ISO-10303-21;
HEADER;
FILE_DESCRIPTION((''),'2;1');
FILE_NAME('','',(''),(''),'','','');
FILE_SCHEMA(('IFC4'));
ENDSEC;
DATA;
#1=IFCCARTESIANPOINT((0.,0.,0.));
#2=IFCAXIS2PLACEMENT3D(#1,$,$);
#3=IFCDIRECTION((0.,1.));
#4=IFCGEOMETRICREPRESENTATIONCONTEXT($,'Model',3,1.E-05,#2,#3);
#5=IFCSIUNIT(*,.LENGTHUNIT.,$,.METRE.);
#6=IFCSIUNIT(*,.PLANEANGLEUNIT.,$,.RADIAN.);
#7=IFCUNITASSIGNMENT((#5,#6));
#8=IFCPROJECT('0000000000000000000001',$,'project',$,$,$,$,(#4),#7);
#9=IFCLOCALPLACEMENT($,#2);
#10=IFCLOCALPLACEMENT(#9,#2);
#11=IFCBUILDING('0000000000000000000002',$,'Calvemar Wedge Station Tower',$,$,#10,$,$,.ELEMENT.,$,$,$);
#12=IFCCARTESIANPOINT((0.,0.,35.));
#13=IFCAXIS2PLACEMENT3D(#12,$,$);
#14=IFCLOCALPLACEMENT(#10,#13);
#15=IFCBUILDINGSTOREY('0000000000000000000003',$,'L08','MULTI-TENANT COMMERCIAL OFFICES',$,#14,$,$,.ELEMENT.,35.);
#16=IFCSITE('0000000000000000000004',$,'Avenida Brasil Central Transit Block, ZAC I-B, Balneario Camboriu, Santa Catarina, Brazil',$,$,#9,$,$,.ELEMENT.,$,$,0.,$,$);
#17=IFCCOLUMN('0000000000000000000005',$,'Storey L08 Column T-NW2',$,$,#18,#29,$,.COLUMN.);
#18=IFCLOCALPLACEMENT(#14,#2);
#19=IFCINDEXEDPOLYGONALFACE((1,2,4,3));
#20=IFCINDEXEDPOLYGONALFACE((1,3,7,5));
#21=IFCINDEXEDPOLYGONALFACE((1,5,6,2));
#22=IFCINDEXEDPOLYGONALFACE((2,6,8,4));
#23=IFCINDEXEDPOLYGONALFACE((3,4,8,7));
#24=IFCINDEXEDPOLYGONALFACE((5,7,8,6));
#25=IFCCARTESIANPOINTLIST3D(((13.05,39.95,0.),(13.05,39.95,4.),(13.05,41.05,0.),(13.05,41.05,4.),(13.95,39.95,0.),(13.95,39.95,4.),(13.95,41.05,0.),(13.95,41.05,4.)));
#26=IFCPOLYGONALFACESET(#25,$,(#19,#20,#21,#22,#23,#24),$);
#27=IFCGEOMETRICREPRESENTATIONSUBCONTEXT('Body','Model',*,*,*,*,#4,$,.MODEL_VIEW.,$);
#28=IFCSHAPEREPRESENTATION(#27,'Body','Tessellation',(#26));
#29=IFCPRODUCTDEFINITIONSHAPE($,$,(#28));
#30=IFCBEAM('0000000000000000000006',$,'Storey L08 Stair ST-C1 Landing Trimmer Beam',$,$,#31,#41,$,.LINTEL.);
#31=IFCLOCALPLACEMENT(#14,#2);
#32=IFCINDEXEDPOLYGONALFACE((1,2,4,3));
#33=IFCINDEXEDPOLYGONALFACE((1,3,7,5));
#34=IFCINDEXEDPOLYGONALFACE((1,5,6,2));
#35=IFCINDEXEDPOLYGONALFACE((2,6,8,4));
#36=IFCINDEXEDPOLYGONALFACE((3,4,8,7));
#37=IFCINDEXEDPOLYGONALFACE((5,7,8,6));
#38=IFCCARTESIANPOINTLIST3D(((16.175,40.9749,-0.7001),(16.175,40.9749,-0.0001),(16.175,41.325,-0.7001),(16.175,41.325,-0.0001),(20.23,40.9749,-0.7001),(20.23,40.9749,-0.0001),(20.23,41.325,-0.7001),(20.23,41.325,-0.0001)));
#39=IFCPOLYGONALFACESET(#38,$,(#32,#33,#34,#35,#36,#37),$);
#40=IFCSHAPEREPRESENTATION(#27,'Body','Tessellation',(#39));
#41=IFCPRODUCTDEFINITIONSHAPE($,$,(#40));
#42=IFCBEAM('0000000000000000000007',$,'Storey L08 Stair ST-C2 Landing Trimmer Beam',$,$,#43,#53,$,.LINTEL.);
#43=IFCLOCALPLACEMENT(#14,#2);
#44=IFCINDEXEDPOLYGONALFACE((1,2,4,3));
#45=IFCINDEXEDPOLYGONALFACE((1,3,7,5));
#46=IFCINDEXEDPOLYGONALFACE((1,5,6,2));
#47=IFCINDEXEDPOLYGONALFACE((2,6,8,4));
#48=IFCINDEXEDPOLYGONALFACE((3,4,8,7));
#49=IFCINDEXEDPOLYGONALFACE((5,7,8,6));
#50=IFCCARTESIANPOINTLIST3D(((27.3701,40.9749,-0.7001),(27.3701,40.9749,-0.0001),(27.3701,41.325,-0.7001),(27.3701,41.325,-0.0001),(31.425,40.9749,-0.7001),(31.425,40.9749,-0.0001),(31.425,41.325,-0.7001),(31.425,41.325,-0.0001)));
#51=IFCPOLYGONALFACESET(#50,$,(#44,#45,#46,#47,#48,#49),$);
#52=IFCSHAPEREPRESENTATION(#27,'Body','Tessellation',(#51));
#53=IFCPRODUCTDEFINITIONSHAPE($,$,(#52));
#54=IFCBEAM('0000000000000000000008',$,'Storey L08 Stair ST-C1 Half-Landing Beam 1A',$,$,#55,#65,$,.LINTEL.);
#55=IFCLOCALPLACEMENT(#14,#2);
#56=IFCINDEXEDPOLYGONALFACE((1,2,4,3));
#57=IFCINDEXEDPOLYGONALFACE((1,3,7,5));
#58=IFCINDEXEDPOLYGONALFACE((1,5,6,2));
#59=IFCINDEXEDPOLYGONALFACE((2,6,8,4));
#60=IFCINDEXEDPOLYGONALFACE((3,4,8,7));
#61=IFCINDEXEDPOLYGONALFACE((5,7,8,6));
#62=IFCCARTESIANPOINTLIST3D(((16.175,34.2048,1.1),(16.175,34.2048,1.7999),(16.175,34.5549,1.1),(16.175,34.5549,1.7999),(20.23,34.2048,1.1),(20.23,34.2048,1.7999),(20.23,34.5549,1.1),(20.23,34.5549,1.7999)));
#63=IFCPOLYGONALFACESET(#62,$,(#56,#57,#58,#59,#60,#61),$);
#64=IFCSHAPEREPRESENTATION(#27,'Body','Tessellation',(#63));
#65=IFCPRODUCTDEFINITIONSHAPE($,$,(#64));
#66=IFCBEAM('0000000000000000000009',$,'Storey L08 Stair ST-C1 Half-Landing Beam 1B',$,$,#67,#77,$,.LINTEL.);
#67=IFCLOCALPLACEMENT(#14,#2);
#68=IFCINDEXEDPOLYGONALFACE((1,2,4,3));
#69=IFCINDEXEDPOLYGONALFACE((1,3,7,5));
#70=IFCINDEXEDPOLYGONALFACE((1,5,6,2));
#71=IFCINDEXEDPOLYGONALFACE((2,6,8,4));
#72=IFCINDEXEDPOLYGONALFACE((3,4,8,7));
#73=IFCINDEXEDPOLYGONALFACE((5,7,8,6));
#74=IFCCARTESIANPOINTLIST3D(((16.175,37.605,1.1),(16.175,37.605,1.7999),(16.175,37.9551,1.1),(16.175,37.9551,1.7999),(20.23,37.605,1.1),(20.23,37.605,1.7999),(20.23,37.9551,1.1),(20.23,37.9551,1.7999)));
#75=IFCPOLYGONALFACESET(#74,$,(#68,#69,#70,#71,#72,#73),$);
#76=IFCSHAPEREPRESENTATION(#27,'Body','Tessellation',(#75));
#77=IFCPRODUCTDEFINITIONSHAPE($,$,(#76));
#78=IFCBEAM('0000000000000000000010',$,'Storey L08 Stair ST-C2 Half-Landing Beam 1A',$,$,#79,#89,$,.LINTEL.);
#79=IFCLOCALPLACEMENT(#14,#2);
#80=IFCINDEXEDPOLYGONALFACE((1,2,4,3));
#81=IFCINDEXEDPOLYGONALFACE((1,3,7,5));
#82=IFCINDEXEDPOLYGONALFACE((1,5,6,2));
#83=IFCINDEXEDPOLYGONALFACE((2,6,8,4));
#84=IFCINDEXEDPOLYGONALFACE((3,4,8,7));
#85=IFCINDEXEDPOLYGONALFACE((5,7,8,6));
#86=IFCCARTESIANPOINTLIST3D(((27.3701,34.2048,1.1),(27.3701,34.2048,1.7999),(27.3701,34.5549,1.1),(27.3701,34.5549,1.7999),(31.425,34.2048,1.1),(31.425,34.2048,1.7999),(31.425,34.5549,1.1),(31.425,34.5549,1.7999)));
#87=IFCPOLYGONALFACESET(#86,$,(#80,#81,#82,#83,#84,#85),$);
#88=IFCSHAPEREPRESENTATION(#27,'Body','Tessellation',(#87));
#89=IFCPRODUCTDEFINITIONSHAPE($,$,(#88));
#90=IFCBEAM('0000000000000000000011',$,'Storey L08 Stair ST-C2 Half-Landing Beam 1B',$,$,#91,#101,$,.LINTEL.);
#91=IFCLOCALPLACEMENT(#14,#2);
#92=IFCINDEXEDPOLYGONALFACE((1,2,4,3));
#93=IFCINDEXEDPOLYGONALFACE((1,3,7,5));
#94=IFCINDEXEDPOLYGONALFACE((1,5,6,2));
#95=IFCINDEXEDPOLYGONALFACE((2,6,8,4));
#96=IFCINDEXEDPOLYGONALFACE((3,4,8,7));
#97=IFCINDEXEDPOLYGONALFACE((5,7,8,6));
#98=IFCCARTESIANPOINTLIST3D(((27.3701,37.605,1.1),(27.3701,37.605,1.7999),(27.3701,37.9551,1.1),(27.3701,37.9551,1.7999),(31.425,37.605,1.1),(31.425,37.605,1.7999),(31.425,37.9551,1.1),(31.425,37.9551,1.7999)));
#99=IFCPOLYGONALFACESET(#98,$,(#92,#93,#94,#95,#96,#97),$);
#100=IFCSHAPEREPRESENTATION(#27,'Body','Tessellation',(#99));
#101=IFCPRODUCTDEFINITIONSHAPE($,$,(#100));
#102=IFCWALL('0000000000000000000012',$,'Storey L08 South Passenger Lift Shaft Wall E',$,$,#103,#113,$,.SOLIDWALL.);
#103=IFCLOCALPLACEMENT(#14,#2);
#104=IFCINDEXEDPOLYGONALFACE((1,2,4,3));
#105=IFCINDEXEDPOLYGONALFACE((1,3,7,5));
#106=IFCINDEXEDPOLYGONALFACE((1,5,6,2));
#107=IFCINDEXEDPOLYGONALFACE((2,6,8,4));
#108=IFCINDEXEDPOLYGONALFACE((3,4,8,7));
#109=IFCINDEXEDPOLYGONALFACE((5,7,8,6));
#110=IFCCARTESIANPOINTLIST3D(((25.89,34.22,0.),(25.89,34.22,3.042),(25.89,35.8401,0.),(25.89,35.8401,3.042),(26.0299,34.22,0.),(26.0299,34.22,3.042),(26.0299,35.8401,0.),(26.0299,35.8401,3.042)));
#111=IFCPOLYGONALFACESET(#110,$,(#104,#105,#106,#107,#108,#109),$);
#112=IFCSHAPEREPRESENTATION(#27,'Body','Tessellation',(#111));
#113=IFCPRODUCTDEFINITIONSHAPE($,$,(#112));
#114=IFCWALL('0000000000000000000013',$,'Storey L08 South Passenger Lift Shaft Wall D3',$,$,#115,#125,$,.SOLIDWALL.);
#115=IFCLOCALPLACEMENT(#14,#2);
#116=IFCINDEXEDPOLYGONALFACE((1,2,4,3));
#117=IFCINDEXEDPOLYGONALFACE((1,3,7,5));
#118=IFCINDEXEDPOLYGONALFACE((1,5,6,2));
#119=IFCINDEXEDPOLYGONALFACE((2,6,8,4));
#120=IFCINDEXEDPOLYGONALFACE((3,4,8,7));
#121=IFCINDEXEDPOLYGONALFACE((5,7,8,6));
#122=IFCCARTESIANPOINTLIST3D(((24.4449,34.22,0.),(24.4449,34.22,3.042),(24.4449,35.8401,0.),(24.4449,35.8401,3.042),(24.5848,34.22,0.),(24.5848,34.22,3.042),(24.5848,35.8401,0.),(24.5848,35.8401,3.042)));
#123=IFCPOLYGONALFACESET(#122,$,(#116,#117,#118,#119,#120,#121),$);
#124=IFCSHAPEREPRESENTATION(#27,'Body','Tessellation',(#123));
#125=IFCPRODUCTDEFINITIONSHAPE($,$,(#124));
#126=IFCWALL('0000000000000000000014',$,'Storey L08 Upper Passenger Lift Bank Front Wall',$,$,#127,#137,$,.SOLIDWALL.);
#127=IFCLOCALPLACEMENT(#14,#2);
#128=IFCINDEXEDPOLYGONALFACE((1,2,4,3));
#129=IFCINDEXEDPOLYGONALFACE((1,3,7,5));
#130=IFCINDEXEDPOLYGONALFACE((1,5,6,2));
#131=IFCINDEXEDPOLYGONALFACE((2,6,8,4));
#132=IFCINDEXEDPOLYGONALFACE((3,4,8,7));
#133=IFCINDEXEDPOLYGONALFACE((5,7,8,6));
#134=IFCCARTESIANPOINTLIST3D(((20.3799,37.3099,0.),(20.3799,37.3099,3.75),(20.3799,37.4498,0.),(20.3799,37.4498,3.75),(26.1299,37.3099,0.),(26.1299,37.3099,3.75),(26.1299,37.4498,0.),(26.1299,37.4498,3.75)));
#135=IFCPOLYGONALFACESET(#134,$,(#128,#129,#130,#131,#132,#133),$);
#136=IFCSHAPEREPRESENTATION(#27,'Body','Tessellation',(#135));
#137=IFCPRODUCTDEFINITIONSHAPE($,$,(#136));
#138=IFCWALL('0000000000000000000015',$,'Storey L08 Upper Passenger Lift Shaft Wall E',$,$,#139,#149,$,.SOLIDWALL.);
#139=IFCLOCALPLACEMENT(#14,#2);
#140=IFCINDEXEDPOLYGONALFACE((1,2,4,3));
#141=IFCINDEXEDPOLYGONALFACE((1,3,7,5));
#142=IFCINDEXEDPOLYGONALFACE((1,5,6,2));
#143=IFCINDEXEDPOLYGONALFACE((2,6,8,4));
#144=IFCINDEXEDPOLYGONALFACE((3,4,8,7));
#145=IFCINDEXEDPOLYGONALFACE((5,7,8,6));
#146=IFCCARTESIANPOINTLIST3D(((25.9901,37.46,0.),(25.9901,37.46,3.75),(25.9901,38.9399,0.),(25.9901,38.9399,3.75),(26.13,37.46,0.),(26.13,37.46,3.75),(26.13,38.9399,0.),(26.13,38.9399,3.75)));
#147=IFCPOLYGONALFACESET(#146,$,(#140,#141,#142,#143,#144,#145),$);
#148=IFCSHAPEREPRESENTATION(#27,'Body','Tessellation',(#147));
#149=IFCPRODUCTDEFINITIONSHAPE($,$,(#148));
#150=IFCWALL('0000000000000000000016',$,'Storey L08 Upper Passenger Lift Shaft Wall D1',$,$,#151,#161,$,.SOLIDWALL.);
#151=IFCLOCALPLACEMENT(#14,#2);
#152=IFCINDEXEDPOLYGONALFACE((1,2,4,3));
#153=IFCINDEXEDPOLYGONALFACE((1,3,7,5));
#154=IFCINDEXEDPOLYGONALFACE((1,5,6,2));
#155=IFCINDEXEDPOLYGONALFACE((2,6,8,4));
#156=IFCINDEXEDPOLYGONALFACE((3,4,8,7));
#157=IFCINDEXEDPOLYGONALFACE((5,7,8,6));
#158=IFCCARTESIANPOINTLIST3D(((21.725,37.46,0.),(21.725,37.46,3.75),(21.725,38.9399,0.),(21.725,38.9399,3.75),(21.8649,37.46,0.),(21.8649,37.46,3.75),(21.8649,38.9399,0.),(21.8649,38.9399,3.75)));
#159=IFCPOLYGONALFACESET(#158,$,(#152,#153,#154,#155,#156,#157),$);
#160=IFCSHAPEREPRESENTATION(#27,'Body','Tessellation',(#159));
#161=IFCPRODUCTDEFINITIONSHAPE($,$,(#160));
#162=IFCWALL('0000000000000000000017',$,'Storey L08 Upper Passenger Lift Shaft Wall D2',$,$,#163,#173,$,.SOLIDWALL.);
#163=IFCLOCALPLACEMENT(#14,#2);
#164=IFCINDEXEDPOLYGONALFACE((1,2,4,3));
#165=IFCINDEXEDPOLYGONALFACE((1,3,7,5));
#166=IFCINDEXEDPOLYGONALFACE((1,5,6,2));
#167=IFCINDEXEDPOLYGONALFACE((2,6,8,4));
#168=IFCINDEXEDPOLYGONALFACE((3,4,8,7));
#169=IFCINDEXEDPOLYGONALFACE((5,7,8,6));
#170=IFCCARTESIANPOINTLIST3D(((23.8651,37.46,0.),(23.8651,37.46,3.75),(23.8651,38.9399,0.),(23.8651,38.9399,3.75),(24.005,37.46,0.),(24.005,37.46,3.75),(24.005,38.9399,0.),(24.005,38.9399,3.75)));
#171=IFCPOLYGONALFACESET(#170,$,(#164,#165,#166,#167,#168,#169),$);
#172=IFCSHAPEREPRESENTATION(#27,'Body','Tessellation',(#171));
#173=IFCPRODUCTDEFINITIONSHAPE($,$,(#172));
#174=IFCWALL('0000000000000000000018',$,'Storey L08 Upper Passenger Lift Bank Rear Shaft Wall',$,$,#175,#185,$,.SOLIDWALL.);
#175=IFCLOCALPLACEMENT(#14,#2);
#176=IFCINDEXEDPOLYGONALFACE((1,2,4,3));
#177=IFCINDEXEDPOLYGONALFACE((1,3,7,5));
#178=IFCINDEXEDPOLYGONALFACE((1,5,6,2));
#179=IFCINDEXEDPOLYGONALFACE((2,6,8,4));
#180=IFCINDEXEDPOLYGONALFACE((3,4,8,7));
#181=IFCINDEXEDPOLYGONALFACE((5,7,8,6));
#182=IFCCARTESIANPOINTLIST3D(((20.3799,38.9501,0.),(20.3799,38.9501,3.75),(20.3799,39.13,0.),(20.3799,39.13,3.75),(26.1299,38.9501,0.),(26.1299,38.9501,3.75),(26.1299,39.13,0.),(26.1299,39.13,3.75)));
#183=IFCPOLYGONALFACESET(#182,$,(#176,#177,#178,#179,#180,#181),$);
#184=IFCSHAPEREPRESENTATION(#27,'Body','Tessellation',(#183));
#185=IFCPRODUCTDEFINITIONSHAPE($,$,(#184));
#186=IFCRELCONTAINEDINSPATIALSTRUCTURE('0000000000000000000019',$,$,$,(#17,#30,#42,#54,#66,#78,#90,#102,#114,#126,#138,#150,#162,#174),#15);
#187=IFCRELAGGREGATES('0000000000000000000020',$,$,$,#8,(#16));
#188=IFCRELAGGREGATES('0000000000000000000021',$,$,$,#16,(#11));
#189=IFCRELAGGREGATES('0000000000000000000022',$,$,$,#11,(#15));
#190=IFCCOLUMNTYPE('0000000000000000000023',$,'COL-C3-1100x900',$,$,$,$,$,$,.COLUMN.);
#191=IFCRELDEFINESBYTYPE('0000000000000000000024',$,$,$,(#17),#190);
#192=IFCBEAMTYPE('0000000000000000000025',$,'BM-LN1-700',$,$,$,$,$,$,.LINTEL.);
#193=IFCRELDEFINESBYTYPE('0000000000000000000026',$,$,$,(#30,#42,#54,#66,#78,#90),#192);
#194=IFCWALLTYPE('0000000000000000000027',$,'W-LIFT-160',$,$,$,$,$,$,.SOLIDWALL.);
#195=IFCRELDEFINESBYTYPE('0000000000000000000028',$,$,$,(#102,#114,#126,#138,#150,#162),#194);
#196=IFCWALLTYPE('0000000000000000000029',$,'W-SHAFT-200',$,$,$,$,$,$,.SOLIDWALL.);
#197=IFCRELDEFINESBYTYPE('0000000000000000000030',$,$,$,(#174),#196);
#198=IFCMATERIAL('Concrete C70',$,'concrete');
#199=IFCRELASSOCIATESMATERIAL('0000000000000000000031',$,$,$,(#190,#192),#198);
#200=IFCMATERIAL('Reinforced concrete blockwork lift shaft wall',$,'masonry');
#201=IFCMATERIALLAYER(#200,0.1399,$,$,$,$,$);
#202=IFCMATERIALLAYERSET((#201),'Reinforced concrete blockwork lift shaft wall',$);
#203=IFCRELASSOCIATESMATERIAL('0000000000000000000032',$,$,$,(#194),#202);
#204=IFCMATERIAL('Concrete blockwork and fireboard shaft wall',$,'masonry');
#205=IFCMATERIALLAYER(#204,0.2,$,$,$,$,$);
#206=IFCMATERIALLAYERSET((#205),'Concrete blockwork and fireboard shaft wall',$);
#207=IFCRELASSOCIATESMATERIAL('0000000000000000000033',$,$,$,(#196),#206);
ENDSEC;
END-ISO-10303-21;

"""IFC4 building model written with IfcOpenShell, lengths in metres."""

from ifc_helpers import new_model, si_unit, direction, frame, frame_2d, origin, origin_2d, place, context, subcontext, project, spatial, rectangle, extrude, source, transform, mapped, material, layer, layer_set, material_profile, profile_set, type_object, element, save


model = new_model("IFC4")

# Units and contexts
model_context = context("Model", 3, precision=1e-05, world=origin(), true_north=direction((0.0, 1.0)))
body_context = subcontext(model_context, "Body", "Model", "MODEL_VIEW")
ifc_project = project(units=[si_unit("LENGTHUNIT", "METRE"), si_unit("PLANEANGLEUNIT", "RADIAN")], contexts=[model_context])

# Site, building, storey
site_placement = place(None, origin())
site = spatial("IfcSite", under=ifc_project, at=site_placement, Name="Avenida Brasil Central Transit Block, ZAC I-B, Balneario Camboriu, Santa Catarina, Brazil", CompositionType="ELEMENT", RefElevation=0.0)
building_placement = place(site_placement, origin())
building = spatial("IfcBuilding", under=site, at=building_placement, Name="Calvemar Wedge Station Tower", CompositionType="ELEMENT")
storey_placement = place(building_placement, frame((0.0, 0.0, 35.0)))
storey = spatial("IfcBuildingStorey", under=building, at=storey_placement, Name="L08", Description="MULTI-TENANT COMMERCIAL OFFICES", CompositionType="ELEMENT", Elevation=35.0)

# Column
ifc_material_1 = material(Name="Concrete C70", Category="concrete")
ifc_material_profile_1 = material_profile(ifc_material_1, rectangle(XDim=0.8999, YDim=1.1001, at=origin_2d()), Name="RC1100x900")
ifc_profile_set_1 = profile_set([ifc_material_profile_1], Name="Concrete C70")
column_type = type_object("IfcColumnType", Name="COL-C3-1100x900", PredefinedType="COLUMN", material=ifc_profile_set_1)
shared_shape_1 = source(origin(), body_context, "Body", "SweptSolid", [
    extrude(rectangle(XDim=0.8999, YDim=1.1001, at=origin_2d()), origin(), (0.0, 0.0, 1.0), 4.0),
])
column_placement = place(storey_placement, frame((13.5, 40.5, 0.0), z_axis=(0.0, 0.0, 1.0), x_axis=(1.0, 0.0, 0.0)))
element("IfcColumn", 1, at=column_placement, inside=storey, type_object=column_type, Name="Storey L08 Column T-NW2", PredefinedType="COLUMN", context=body_context, shape_type="MappedRepresentation", body=[
    mapped(shared_shape_1, transform((0.0, 0.0, 0.0), scale=1.0)),
])

# Beams
ifc_material_profile_2 = material_profile(ifc_material_1, rectangle(XDim=0.3501, YDim=0.7, at=origin_2d()), Name="RC350x700")
ifc_profile_set_2 = profile_set([ifc_material_profile_2], Name="Concrete C70")
beam_type = type_object("IfcBeamType", Name="BM-LN1-700", PredefinedType="LINTEL", material=ifc_profile_set_2)
shared_shape_2 = source(origin(), body_context, "Body", "SweptSolid", [
    extrude(rectangle(XDim=0.3501, YDim=0.7, at=origin_2d()), origin(), (0.0, 0.0, 1.0), 4.0549),
])
for number, where, z_axis, x_axis, name in (
    (2, (16.175, 41.1499, -0.3501), (1.0, 0.0, 0.0), (0.0, 1.0, 0.0), "Storey L08 Stair ST-C1 Landing Trimmer Beam"),
    (3, (27.3701, 41.1499, -0.3501), (1.0, 0.0, 0.0), (0.0, 1.0, 0.0), "Storey L08 Stair ST-C2 Landing Trimmer Beam"),
    (4, (16.175, 34.3799, 1.45), (1.0, 0.0, 0.0), (0.0, 1.0, 0.0), "Storey L08 Stair ST-C1 Half-Landing Beam 1A"),
    (5, (16.175, 37.78, 1.45), (1.0, 0.0, 0.0), (0.0, 1.0, 0.0), "Storey L08 Stair ST-C1 Half-Landing Beam 1B"),
    (6, (27.3701, 34.3799, 1.45), (1.0, 0.0, 0.0), (0.0, 1.0, 0.0), "Storey L08 Stair ST-C2 Half-Landing Beam 1A"),
    (7, (27.3701, 37.78, 1.45), (1.0, 0.0, 0.0), (0.0, 1.0, 0.0), "Storey L08 Stair ST-C2 Half-Landing Beam 1B"),
):
    element("IfcBeam", number, at=place(storey_placement, frame(where, z_axis=z_axis, x_axis=x_axis)), inside=storey, type_object=beam_type, Name=name, PredefinedType="LINTEL", context=body_context, shape_type="MappedRepresentation", body=[
        mapped(shared_shape_2, transform((0.0, 0.0, 0.0), scale=1.0)),
    ])

# Shared definitions
ifc_material_2 = material(Name="Reinforced concrete blockwork lift shaft wall", Category="masonry")
ifc_layer_1 = layer(ifc_material_2, 0.1399)
ifc_layer_set_1 = layer_set([ifc_layer_1], Name="Reinforced concrete blockwork lift shaft wall")
wall_type_1 = type_object("IfcWallType", Name="W-LIFT-160", PredefinedType="SOLIDWALL", material=ifc_layer_set_1)

# Walls
for number, where, z_axis, x_axis, name in (
    (8, (25.96, 34.22, 0.0), (0.0, 0.0, 1.0), (0.0, 1.0, 0.0), "Storey L08 South Passenger Lift Shaft Wall E"),
    (9, (24.5149, 34.22, 0.0), (0.0, 0.0, 1.0), (0.0, 1.0, 0.0), "Storey L08 South Passenger Lift Shaft Wall D3"),
):
    element("IfcWall", number, at=place(storey_placement, frame(where, z_axis=z_axis, x_axis=x_axis)), inside=storey, type_object=wall_type_1, Name=name, PredefinedType="SOLIDWALL", context=body_context, shape_type="SweptSolid", body=[
        extrude(rectangle(XDim=1.6201, YDim=0.1399, at=frame_2d((0.8101, 0.0))), origin(), (0.0, 0.0, 1.0), 3.042),
    ])
wall_1_placement = place(storey_placement, frame((20.3799, 37.3799, 0.0), z_axis=(0.0, 0.0, 1.0), x_axis=(1.0, 0.0, 0.0)))
element("IfcWall", 10, at=wall_1_placement, inside=storey, type_object=wall_type_1, Name="Storey L08 Upper Passenger Lift Bank Front Wall", PredefinedType="SOLIDWALL", context=body_context, shape_type="SweptSolid", body=[
    extrude(rectangle(XDim=5.75, YDim=0.1399, at=frame_2d((2.875, 0.0))), origin(), (0.0, 0.0, 1.0), 3.75),
])
for number, where, z_axis, x_axis, name in (
    (11, (26.0601, 37.46, 0.0), (0.0, 0.0, 1.0), (0.0, 1.0, 0.0), "Storey L08 Upper Passenger Lift Shaft Wall E"),
    (12, (21.7949, 37.46, 0.0), (0.0, 0.0, 1.0), (0.0, 1.0, 0.0), "Storey L08 Upper Passenger Lift Shaft Wall D1"),
    (13, (23.9351, 37.46, 0.0), (0.0, 0.0, 1.0), (0.0, 1.0, 0.0), "Storey L08 Upper Passenger Lift Shaft Wall D2"),
):
    element("IfcWall", number, at=place(storey_placement, frame(where, z_axis=z_axis, x_axis=x_axis)), inside=storey, type_object=wall_type_1, Name=name, PredefinedType="SOLIDWALL", context=body_context, shape_type="SweptSolid", body=[
        extrude(rectangle(XDim=1.48, YDim=0.1399, at=frame_2d((0.74, 0.0))), origin(), (0.0, 0.0, 1.0), 3.75),
    ])
ifc_material_3 = material(Name="Concrete blockwork and fireboard shaft wall", Category="masonry")
ifc_layer_2 = layer(ifc_material_3, 0.2)
ifc_layer_set_2 = layer_set([ifc_layer_2], Name="Concrete blockwork and fireboard shaft wall")
wall_type_2 = type_object("IfcWallType", Name="W-SHAFT-200", PredefinedType="SOLIDWALL", material=ifc_layer_set_2)
wall_2_placement = place(storey_placement, frame((20.3799, 39.04, 0.0), z_axis=(0.0, 0.0, 1.0), x_axis=(1.0, 0.0, 0.0)))
element("IfcWall", 14, at=wall_2_placement, inside=storey, type_object=wall_type_2, Name="Storey L08 Upper Passenger Lift Bank Rear Shaft Wall", PredefinedType="SOLIDWALL", context=body_context, shape_type="SweptSolid", body=[
    extrude(rectangle(XDim=5.75, YDim=0.1799, at=frame_2d((2.875, 0.0))), origin(), (0.0, 0.0, 1.0), 3.75),
])

save(model, "model.ifc")
